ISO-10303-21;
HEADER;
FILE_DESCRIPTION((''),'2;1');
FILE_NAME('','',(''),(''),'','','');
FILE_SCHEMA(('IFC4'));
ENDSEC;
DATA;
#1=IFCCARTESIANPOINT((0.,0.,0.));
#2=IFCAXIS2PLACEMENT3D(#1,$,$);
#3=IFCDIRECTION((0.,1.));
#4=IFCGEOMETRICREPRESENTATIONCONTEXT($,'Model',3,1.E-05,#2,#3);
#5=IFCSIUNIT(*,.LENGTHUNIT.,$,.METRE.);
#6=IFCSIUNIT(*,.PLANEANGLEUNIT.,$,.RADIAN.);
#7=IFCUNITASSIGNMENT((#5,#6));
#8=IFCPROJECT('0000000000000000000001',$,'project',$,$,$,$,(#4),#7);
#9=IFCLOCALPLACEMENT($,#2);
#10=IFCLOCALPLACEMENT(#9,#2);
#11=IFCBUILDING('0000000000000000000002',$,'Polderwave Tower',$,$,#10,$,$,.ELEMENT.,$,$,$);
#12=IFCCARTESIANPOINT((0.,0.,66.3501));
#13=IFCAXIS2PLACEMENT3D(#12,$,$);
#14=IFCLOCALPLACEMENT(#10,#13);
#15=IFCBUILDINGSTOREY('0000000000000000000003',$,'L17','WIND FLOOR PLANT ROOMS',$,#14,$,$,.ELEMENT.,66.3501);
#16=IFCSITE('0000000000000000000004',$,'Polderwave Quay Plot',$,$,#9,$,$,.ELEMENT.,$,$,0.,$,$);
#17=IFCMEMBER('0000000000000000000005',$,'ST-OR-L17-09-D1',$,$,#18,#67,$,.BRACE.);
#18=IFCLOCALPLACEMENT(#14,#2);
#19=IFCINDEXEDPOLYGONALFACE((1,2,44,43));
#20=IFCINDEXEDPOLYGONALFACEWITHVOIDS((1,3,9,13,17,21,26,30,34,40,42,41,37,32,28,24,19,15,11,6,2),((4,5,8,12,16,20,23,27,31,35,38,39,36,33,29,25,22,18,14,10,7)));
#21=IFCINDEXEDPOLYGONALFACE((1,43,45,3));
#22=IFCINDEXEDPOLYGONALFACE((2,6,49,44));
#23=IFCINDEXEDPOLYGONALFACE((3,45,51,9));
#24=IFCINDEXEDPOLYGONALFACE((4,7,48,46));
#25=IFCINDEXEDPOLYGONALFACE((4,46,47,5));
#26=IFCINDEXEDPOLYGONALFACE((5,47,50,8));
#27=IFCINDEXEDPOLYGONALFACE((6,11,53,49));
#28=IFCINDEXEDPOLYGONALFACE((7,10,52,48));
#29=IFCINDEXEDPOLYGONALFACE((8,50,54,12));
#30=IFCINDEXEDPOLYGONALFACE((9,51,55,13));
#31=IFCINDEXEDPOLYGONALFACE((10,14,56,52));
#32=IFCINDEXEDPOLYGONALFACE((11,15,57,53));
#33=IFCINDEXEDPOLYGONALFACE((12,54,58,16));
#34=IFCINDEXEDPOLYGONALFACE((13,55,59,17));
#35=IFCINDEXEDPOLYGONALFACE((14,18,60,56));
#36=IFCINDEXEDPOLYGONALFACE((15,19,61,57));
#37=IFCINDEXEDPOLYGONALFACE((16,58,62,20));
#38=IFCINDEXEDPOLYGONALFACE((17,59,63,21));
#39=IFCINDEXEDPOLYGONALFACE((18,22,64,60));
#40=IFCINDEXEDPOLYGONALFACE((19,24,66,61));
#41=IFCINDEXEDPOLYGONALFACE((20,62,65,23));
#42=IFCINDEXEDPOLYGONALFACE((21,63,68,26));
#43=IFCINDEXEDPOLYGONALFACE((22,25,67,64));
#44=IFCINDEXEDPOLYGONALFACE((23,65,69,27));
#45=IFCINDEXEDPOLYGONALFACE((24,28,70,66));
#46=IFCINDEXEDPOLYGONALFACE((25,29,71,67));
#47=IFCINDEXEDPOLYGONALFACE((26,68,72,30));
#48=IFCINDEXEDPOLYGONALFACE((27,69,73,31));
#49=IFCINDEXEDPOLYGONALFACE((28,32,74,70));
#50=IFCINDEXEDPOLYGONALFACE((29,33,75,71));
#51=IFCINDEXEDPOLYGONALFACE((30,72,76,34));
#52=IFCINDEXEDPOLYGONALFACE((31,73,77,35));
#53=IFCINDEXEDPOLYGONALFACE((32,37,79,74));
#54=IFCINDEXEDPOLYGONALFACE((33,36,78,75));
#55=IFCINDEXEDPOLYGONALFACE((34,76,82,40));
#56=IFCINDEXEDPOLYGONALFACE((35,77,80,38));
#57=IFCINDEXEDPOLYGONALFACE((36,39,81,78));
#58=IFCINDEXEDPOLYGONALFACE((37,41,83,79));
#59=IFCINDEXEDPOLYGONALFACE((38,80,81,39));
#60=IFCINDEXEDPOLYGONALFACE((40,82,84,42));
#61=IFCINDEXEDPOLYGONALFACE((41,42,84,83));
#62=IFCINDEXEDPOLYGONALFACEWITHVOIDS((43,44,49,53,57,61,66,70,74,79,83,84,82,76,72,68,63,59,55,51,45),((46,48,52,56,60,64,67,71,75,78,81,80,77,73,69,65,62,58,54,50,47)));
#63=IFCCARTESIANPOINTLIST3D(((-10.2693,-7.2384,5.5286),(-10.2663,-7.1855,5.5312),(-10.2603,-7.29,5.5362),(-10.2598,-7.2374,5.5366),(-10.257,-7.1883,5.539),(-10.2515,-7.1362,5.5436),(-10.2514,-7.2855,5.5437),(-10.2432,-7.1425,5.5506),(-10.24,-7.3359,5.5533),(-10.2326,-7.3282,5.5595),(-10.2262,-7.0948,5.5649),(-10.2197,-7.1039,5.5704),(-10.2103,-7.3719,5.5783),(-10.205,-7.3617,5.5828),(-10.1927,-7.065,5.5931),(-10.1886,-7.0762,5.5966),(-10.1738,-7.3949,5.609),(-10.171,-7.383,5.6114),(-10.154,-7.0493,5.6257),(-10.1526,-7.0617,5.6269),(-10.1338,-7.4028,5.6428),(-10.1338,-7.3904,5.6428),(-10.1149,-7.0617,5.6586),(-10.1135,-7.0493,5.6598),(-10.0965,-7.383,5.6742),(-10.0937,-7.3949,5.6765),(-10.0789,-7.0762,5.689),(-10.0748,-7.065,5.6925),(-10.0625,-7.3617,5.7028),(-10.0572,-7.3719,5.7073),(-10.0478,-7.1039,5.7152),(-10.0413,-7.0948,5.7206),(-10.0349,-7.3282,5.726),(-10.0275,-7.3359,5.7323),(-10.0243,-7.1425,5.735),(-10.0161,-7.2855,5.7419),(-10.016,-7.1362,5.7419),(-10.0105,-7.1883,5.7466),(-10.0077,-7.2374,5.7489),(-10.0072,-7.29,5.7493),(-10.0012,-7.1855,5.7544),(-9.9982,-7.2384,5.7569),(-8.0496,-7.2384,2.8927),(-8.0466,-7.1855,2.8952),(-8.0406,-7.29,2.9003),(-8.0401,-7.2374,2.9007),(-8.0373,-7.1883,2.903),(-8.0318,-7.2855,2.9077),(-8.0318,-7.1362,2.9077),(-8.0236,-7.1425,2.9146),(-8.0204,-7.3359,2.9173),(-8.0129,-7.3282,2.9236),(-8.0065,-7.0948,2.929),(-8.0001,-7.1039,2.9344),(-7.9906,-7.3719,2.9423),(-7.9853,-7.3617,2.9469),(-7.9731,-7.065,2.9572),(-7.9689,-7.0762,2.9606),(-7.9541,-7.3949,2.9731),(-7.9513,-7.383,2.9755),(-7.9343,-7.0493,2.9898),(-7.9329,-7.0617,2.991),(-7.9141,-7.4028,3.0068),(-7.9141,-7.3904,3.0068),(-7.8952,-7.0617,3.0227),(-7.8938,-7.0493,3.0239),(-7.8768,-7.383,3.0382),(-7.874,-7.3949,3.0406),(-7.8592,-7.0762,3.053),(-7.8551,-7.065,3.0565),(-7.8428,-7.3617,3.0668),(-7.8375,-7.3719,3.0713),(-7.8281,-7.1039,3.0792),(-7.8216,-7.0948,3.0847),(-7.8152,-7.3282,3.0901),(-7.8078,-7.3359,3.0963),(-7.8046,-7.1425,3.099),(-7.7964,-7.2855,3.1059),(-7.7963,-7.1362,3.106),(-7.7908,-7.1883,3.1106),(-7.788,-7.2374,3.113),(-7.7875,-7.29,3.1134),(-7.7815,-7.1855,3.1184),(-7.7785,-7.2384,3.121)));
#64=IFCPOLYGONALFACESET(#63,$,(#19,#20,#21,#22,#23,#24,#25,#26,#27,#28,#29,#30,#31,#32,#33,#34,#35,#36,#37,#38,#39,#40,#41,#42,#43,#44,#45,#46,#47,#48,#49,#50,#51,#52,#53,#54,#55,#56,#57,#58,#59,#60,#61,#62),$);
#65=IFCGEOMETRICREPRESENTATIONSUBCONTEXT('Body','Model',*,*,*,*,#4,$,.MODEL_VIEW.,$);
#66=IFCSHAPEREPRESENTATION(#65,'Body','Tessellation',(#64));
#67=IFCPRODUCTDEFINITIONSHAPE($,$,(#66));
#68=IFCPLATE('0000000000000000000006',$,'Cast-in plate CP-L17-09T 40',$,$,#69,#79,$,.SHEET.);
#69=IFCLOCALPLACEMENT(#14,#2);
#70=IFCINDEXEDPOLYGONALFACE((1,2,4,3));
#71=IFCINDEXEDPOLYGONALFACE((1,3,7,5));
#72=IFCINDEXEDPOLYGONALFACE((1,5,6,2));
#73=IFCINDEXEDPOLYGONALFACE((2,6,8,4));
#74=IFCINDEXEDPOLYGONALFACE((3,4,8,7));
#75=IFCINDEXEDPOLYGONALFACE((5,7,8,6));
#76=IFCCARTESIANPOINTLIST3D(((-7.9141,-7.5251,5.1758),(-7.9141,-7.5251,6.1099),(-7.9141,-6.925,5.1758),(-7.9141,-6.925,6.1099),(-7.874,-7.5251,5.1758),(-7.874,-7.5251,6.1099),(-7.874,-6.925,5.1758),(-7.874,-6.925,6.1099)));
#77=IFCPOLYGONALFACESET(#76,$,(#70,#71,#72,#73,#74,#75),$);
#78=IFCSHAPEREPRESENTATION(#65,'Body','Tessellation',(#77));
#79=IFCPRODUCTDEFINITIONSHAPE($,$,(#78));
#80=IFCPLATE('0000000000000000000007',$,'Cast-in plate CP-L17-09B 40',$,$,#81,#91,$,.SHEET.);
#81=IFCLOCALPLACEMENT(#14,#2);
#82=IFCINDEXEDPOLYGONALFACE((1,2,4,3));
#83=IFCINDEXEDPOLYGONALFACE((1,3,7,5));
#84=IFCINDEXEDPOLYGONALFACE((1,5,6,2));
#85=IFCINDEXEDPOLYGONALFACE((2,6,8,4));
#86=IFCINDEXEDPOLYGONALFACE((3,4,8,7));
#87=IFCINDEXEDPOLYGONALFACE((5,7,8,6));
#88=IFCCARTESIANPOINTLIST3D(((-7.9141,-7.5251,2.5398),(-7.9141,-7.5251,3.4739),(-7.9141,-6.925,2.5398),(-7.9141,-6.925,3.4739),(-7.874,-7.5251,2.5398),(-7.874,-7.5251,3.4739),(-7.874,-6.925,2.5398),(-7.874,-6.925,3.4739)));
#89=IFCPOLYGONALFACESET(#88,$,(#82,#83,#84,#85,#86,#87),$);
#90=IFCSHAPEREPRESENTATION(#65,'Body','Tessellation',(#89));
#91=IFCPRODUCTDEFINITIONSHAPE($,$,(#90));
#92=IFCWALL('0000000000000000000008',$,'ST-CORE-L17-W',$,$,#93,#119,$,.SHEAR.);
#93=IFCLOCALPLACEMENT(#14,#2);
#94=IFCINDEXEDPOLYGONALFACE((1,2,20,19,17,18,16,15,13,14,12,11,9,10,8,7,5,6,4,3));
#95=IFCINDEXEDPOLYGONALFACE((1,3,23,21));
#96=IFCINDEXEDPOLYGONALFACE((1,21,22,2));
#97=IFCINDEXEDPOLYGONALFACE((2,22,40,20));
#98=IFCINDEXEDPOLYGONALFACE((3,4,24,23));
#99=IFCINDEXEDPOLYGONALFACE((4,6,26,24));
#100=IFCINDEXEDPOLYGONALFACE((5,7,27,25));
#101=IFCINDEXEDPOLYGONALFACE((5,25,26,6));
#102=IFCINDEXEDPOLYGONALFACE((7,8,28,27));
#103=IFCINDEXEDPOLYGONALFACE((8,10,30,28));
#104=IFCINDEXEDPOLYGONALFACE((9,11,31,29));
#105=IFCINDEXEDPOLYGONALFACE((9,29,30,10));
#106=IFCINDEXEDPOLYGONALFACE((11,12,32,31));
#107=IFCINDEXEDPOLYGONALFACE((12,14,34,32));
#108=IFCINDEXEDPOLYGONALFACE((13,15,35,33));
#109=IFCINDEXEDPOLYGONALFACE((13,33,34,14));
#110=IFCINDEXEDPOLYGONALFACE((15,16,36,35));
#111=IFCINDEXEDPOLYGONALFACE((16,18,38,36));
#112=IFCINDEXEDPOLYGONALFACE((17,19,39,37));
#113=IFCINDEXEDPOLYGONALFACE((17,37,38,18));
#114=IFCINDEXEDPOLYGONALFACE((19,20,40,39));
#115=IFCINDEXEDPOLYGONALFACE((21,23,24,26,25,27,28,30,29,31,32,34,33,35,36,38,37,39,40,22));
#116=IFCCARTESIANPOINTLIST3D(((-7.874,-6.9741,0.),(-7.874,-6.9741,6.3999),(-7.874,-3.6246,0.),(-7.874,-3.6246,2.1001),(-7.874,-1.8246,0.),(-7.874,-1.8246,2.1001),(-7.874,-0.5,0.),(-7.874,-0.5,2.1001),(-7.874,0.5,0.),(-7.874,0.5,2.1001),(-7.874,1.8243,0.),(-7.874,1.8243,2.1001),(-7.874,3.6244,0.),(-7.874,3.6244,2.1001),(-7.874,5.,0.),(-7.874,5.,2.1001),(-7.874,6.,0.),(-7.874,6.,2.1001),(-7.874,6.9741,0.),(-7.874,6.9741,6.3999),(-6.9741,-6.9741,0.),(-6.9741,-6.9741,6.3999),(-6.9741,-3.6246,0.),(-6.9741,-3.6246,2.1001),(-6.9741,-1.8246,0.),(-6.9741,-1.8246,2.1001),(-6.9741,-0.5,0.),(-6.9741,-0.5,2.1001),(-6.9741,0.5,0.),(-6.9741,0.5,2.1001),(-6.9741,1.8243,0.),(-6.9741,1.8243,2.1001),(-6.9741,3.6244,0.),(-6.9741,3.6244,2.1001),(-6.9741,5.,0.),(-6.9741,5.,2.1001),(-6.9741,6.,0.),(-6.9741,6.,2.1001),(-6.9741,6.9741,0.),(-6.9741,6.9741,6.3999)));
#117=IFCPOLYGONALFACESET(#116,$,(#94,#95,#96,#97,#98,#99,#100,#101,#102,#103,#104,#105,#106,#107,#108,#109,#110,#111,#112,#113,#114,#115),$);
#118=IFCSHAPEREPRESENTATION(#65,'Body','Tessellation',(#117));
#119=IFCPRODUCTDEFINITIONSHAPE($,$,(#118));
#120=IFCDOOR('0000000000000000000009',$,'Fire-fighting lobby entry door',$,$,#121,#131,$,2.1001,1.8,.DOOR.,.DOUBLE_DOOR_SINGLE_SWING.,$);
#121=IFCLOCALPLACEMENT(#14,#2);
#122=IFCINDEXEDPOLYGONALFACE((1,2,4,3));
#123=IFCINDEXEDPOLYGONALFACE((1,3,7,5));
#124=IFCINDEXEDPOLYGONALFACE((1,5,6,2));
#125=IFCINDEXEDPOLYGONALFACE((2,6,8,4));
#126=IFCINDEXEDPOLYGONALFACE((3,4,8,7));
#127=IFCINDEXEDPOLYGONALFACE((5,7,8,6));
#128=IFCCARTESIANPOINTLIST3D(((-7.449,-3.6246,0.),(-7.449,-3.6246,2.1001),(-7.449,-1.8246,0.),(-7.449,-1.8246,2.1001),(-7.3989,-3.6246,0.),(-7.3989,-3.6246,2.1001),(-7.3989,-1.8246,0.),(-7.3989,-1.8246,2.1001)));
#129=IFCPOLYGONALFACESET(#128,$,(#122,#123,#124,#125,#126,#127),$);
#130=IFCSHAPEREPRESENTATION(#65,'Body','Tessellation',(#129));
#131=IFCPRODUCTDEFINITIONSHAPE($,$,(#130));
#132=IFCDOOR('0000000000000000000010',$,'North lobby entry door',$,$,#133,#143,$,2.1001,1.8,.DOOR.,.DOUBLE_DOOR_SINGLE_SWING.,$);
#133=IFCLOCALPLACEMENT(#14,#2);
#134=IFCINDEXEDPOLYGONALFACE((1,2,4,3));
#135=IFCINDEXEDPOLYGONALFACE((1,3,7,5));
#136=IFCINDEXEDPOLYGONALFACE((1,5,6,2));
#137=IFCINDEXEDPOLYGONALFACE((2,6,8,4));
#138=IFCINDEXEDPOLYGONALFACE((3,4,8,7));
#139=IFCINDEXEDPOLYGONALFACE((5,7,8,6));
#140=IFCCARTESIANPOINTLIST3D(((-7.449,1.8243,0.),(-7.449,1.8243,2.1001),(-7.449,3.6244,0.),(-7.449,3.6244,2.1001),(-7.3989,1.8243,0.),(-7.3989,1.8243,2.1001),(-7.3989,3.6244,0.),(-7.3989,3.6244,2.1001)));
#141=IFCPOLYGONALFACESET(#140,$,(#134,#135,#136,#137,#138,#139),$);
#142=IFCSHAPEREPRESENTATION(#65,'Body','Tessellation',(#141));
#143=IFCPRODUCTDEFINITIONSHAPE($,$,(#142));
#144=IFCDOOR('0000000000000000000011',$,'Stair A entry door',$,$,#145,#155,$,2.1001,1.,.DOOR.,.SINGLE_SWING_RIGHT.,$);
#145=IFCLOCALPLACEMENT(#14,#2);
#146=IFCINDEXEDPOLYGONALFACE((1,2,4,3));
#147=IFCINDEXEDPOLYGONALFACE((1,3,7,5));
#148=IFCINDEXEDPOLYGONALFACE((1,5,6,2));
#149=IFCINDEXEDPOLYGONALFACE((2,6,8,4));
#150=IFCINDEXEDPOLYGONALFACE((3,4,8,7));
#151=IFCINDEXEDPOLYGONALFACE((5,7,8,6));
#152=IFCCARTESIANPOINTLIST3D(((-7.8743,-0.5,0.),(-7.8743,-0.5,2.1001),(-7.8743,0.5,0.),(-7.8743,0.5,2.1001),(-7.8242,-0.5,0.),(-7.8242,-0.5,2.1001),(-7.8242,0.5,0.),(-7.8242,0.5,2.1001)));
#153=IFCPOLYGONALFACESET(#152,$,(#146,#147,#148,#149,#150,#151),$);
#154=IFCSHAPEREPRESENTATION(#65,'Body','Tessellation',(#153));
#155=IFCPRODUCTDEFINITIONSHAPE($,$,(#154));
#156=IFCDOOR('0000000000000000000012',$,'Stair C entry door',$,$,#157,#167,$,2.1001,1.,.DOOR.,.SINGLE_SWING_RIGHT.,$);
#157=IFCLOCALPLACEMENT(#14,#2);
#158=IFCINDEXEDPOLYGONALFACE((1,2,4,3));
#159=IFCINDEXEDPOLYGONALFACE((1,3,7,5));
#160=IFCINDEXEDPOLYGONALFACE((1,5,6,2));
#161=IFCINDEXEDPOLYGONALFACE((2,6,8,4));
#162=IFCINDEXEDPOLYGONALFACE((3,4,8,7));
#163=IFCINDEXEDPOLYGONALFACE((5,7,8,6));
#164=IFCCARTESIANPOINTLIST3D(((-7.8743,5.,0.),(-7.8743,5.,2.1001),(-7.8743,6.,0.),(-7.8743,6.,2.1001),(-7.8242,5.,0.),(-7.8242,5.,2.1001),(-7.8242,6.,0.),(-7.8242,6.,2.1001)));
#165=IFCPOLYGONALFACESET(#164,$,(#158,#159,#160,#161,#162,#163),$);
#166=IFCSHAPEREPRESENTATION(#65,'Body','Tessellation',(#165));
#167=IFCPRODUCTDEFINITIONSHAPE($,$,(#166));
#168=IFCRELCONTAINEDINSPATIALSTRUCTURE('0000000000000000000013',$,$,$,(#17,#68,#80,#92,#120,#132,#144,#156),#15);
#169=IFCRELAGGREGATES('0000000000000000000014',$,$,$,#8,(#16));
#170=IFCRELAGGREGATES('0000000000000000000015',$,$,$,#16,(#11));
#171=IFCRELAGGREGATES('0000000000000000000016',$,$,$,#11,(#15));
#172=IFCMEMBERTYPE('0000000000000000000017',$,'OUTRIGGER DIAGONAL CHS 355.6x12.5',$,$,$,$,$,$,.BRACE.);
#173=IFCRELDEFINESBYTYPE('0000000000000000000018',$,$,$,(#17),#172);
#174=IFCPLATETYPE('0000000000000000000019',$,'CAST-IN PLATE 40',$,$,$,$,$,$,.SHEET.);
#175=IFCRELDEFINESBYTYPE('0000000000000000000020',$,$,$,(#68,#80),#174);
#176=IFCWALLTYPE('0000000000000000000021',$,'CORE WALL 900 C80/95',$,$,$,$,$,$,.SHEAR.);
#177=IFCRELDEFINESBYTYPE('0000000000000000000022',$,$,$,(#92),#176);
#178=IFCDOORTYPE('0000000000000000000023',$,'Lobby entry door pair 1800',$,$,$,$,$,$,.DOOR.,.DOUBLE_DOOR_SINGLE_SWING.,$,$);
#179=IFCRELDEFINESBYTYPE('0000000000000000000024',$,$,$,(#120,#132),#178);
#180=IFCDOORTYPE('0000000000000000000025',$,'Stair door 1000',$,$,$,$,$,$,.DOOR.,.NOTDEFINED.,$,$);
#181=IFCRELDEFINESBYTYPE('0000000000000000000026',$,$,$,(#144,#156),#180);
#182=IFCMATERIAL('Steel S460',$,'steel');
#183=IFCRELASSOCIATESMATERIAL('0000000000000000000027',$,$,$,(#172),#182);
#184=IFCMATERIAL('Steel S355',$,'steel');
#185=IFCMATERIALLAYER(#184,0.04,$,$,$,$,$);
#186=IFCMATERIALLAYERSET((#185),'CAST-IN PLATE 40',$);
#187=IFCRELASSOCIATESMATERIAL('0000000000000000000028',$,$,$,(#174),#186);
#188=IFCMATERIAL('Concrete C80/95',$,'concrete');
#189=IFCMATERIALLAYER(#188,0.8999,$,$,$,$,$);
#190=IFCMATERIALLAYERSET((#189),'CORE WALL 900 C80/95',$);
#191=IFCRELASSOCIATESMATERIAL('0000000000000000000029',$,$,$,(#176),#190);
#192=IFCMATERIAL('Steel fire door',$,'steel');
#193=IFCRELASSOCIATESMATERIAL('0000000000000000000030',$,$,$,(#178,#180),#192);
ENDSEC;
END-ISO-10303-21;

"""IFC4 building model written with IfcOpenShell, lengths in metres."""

from ifc_helpers import new_model, si_unit, direction, frame, frame_2d, origin, origin_2d, place, context, subcontext, project, spatial, rectangle, hollow_circle, extrude, material, layer, layer_set, material_profile, profile_set, type_object, element, fill, save


model = new_model("IFC4")

# Units and contexts
model_context = context("Model", 3, precision=1e-05, world=origin(), true_north=direction((0.0, 1.0)))
body_context = subcontext(model_context, "Body", "Model", "MODEL_VIEW")
ifc_project = project(units=[si_unit("LENGTHUNIT", "METRE"), si_unit("PLANEANGLEUNIT", "RADIAN")], contexts=[model_context])

# Site, building, storey
site_placement = place(None, origin())
site = spatial("IfcSite", under=ifc_project, at=site_placement, Name="Polderwave Quay Plot", CompositionType="ELEMENT", RefElevation=0.0)
building_placement = place(site_placement, origin())
building = spatial("IfcBuilding", under=site, at=building_placement, Name="Polderwave Tower", CompositionType="ELEMENT")
storey_placement = place(building_placement, frame((0.0, 0.0, 66.3501)))
storey = spatial("IfcBuildingStorey", under=building, at=storey_placement, Name="L17", Description="WIND FLOOR PLANT ROOMS", CompositionType="ELEMENT", Elevation=66.3501)

# Member
ifc_material_1 = material(Name="Steel S460", Category="steel")
ifc_material_profile = material_profile(ifc_material_1, hollow_circle(Radius=0.1777, WallThickness=0.0125, at=origin_2d()), Name="CHS 355.6x12.5")
ifc_profile_set = profile_set([ifc_material_profile], Name="Steel S460")
member_type = type_object("IfcMemberType", Name="OUTRIGGER DIAGONAL CHS 355.6x12.5", PredefinedType="BRACE", material=ifc_profile_set)
member_placement = place(storey_placement, frame((-7.9141, -7.2251, 3.0068), z_axis=(-0.644127, 0.0, 0.764919), x_axis=(0.0, -1.0, 0.0)))
element("IfcMember", 1, at=member_placement, inside=storey, type_object=member_type, Name="ST-OR-L17-09-D1", PredefinedType="BRACE", context=body_context, shape_type="SweptSolid", body=[
    extrude(hollow_circle(Radius=0.1777, WallThickness=0.0125, at=origin_2d()), origin(), (0.0, 0.0, 1.0), 3.446),
])

# Plates
ifc_material_2 = material(Name="Steel S355", Category="steel")
ifc_layer_1 = layer(ifc_material_2, 0.04)
ifc_layer_set_1 = layer_set([ifc_layer_1], Name="CAST-IN PLATE 40")
plate_type = type_object("IfcPlateType", Name="CAST-IN PLATE 40", PredefinedType="SHEET", material=ifc_layer_set_1)
for number, where, z_axis, x_axis, name in (
    (2, (-7.894, -7.2251, 5.1758), (0.0, 0.0, 1.0), (1.0, 0.0, 0.0), "Cast-in plate CP-L17-09T 40"),
    (3, (-7.894, -7.2251, 2.5398), (0.0, 0.0, 1.0), (1.0, 0.0, 0.0), "Cast-in plate CP-L17-09B 40"),
):
    element("IfcPlate", number, at=place(storey_placement, frame(where, z_axis=z_axis, x_axis=x_axis)), inside=storey, type_object=plate_type, Name=name, PredefinedType="SHEET", context=body_context, shape_type="SweptSolid", body=[
        extrude(rectangle(XDim=0.04, YDim=0.6001, at=origin_2d()), origin(), (0.0, 0.0, 1.0), 0.9341),
    ])

# Wall, openings, doors
ifc_material_3 = material(Name="Concrete C80/95", Category="concrete")
ifc_layer_2 = layer(ifc_material_3, 0.8999)
ifc_layer_set_2 = layer_set([ifc_layer_2], Name="CORE WALL 900 C80/95")
wall_type_1 = type_object("IfcWallType", Name="CORE WALL 900 C80/95", PredefinedType="SHEAR", material=ifc_layer_set_2)
wall_1_placement = place(storey_placement, frame((-7.4241, -6.9741, 0.0), z_axis=(0.0, 0.0, 1.0), x_axis=(0.0, 1.0, 0.0)))
wall_1 = element("IfcWall", 4, at=wall_1_placement, inside=storey, type_object=wall_type_1, Name="ST-CORE-L17-W", PredefinedType="SHEAR", context=body_context, shape_type="SweptSolid", body=[
    extrude(rectangle(XDim=13.9482, YDim=0.8999, at=frame_2d((6.9741, 0.0))), origin(), (0.0, 0.0, 1.0), 6.3999),
])
opening_1_placement = place(wall_1_placement, frame((6.4741, 0.0, 0.0)))
opening_1 = element("IfcOpeningElement", 5, at=opening_1_placement, cuts=wall_1, PredefinedType="OPENING", context=body_context, shape_type="SweptSolid", body=[
    extrude(rectangle(XDim=1.0, YDim=2.1001, at=frame_2d((0.5, 1.05))), frame((0.0, 0.46, 0.0), z_axis=(0.0, -1.0, 0.0), x_axis=(1.0, 0.0, 0.0)), (0.0, 0.0, 1.0), 0.9199),
])
opening_2_placement = place(wall_1_placement, frame((3.3496, 0.0, 0.0)))
opening_2 = element("IfcOpeningElement", 6, at=opening_2_placement, cuts=wall_1, PredefinedType="OPENING", context=body_context, shape_type="SweptSolid", body=[
    extrude(rectangle(XDim=1.8, YDim=2.1001, at=frame_2d((0.8999, 1.05))), frame((0.0, 0.46, 0.0), z_axis=(0.0, -1.0, 0.0), x_axis=(1.0, 0.0, 0.0)), (0.0, 0.0, 1.0), 0.9199),
])
opening_3_placement = place(wall_1_placement, frame((8.7986, 0.0, 0.0)))
opening_3 = element("IfcOpeningElement", 7, at=opening_3_placement, cuts=wall_1, PredefinedType="OPENING", context=body_context, shape_type="SweptSolid", body=[
    extrude(rectangle(XDim=1.8, YDim=2.1001, at=frame_2d((0.8999, 1.05))), frame((0.0, 0.46, 0.0), z_axis=(0.0, -1.0, 0.0), x_axis=(1.0, 0.0, 0.0)), (0.0, 0.0, 1.0), 0.9199),
])
opening_4_placement = place(wall_1_placement, frame((11.9741, 0.0, 0.0)))
opening_4 = element("IfcOpeningElement", 8, at=opening_4_placement, cuts=wall_1, PredefinedType="OPENING", context=body_context, shape_type="SweptSolid", body=[
    extrude(rectangle(XDim=1.0, YDim=2.1001, at=frame_2d((0.5, 1.05))), frame((0.0, 0.46, 0.0), z_axis=(0.0, -1.0, 0.0), x_axis=(1.0, 0.0, 0.0)), (0.0, 0.0, 1.0), 0.9199),
])
ifc_material_4 = material(Name="Steel fire door", Category="steel")
door_type_1 = type_object("IfcDoorType", Name="Lobby entry door pair 1800", OperationType="DOUBLE_DOOR_SINGLE_SWING", PredefinedType="DOOR", material=ifc_material_4)
door_1_placement = place(opening_2_placement, origin())
door_1 = element("IfcDoor", 9, at=door_1_placement, inside=storey, type_object=door_type_1, Name="Fire-fighting lobby entry door", OperationType="DOUBLE_DOOR_SINGLE_SWING", OverallHeight=2.1001, OverallWidth=1.8, PredefinedType="DOOR", context=body_context, shape_type="SweptSolid", body=[
    extrude(rectangle(XDim=1.8, YDim=2.1001, at=frame_2d((0.8999, 1.05))), frame((0.0, 0.0249, 0.0), z_axis=(0.0, -1.0, 0.0), x_axis=(1.0, 0.0, 0.0)), (0.0, 0.0, 1.0), 0.05),
])
fill(opening_2, door_1)
door_2_placement = place(opening_3_placement, origin())
door_2 = element("IfcDoor", 10, at=door_2_placement, inside=storey, type_object=door_type_1, Name="North lobby entry door", OperationType="DOUBLE_DOOR_SINGLE_SWING", OverallHeight=2.1001, OverallWidth=1.8, PredefinedType="DOOR", context=body_context, shape_type="SweptSolid", body=[
    extrude(rectangle(XDim=1.8, YDim=2.1001, at=frame_2d((0.8999, 1.05))), frame((0.0, 0.0249, 0.0), z_axis=(0.0, -1.0, 0.0), x_axis=(1.0, 0.0, 0.0)), (0.0, 0.0, 1.0), 0.05),
])
fill(opening_3, door_2)
door_type_2 = type_object("IfcDoorType", Name="Stair door 1000", OperationType="NOTDEFINED", PredefinedType="DOOR", material=ifc_material_4)
door_3_placement = place(opening_1_placement, origin())
door_3 = element("IfcDoor", 11, at=door_3_placement, inside=storey, type_object=door_type_2, Name="Stair A entry door", OperationType="SINGLE_SWING_RIGHT", OverallHeight=2.1001, OverallWidth=1.0, PredefinedType="DOOR", context=body_context, shape_type="SweptSolid", body=[
    extrude(rectangle(XDim=1.0, YDim=2.1001, at=frame_2d((0.5, 1.05))), frame((0.0, 0.4502, 0.0), z_axis=(0.0, -1.0, 0.0), x_axis=(1.0, 0.0, 0.0)), (0.0, 0.0, 1.0), 0.05),
])
fill(opening_1, door_3)
door_4_placement = place(opening_4_placement, origin())
door_4 = element("IfcDoor", 12, at=door_4_placement, inside=storey, type_object=door_type_2, Name="Stair C entry door", OperationType="SINGLE_SWING_RIGHT", OverallHeight=2.1001, OverallWidth=1.0, PredefinedType="DOOR", context=body_context, shape_type="SweptSolid", body=[
    extrude(rectangle(XDim=1.0, YDim=2.1001, at=frame_2d((0.5, 1.05))), frame((0.0, 0.4502, 0.0), z_axis=(0.0, -1.0, 0.0), x_axis=(1.0, 0.0, 0.0)), (0.0, 0.0, 1.0), 0.05),
])
fill(opening_4, door_4)

save(model, "model.ifc")
